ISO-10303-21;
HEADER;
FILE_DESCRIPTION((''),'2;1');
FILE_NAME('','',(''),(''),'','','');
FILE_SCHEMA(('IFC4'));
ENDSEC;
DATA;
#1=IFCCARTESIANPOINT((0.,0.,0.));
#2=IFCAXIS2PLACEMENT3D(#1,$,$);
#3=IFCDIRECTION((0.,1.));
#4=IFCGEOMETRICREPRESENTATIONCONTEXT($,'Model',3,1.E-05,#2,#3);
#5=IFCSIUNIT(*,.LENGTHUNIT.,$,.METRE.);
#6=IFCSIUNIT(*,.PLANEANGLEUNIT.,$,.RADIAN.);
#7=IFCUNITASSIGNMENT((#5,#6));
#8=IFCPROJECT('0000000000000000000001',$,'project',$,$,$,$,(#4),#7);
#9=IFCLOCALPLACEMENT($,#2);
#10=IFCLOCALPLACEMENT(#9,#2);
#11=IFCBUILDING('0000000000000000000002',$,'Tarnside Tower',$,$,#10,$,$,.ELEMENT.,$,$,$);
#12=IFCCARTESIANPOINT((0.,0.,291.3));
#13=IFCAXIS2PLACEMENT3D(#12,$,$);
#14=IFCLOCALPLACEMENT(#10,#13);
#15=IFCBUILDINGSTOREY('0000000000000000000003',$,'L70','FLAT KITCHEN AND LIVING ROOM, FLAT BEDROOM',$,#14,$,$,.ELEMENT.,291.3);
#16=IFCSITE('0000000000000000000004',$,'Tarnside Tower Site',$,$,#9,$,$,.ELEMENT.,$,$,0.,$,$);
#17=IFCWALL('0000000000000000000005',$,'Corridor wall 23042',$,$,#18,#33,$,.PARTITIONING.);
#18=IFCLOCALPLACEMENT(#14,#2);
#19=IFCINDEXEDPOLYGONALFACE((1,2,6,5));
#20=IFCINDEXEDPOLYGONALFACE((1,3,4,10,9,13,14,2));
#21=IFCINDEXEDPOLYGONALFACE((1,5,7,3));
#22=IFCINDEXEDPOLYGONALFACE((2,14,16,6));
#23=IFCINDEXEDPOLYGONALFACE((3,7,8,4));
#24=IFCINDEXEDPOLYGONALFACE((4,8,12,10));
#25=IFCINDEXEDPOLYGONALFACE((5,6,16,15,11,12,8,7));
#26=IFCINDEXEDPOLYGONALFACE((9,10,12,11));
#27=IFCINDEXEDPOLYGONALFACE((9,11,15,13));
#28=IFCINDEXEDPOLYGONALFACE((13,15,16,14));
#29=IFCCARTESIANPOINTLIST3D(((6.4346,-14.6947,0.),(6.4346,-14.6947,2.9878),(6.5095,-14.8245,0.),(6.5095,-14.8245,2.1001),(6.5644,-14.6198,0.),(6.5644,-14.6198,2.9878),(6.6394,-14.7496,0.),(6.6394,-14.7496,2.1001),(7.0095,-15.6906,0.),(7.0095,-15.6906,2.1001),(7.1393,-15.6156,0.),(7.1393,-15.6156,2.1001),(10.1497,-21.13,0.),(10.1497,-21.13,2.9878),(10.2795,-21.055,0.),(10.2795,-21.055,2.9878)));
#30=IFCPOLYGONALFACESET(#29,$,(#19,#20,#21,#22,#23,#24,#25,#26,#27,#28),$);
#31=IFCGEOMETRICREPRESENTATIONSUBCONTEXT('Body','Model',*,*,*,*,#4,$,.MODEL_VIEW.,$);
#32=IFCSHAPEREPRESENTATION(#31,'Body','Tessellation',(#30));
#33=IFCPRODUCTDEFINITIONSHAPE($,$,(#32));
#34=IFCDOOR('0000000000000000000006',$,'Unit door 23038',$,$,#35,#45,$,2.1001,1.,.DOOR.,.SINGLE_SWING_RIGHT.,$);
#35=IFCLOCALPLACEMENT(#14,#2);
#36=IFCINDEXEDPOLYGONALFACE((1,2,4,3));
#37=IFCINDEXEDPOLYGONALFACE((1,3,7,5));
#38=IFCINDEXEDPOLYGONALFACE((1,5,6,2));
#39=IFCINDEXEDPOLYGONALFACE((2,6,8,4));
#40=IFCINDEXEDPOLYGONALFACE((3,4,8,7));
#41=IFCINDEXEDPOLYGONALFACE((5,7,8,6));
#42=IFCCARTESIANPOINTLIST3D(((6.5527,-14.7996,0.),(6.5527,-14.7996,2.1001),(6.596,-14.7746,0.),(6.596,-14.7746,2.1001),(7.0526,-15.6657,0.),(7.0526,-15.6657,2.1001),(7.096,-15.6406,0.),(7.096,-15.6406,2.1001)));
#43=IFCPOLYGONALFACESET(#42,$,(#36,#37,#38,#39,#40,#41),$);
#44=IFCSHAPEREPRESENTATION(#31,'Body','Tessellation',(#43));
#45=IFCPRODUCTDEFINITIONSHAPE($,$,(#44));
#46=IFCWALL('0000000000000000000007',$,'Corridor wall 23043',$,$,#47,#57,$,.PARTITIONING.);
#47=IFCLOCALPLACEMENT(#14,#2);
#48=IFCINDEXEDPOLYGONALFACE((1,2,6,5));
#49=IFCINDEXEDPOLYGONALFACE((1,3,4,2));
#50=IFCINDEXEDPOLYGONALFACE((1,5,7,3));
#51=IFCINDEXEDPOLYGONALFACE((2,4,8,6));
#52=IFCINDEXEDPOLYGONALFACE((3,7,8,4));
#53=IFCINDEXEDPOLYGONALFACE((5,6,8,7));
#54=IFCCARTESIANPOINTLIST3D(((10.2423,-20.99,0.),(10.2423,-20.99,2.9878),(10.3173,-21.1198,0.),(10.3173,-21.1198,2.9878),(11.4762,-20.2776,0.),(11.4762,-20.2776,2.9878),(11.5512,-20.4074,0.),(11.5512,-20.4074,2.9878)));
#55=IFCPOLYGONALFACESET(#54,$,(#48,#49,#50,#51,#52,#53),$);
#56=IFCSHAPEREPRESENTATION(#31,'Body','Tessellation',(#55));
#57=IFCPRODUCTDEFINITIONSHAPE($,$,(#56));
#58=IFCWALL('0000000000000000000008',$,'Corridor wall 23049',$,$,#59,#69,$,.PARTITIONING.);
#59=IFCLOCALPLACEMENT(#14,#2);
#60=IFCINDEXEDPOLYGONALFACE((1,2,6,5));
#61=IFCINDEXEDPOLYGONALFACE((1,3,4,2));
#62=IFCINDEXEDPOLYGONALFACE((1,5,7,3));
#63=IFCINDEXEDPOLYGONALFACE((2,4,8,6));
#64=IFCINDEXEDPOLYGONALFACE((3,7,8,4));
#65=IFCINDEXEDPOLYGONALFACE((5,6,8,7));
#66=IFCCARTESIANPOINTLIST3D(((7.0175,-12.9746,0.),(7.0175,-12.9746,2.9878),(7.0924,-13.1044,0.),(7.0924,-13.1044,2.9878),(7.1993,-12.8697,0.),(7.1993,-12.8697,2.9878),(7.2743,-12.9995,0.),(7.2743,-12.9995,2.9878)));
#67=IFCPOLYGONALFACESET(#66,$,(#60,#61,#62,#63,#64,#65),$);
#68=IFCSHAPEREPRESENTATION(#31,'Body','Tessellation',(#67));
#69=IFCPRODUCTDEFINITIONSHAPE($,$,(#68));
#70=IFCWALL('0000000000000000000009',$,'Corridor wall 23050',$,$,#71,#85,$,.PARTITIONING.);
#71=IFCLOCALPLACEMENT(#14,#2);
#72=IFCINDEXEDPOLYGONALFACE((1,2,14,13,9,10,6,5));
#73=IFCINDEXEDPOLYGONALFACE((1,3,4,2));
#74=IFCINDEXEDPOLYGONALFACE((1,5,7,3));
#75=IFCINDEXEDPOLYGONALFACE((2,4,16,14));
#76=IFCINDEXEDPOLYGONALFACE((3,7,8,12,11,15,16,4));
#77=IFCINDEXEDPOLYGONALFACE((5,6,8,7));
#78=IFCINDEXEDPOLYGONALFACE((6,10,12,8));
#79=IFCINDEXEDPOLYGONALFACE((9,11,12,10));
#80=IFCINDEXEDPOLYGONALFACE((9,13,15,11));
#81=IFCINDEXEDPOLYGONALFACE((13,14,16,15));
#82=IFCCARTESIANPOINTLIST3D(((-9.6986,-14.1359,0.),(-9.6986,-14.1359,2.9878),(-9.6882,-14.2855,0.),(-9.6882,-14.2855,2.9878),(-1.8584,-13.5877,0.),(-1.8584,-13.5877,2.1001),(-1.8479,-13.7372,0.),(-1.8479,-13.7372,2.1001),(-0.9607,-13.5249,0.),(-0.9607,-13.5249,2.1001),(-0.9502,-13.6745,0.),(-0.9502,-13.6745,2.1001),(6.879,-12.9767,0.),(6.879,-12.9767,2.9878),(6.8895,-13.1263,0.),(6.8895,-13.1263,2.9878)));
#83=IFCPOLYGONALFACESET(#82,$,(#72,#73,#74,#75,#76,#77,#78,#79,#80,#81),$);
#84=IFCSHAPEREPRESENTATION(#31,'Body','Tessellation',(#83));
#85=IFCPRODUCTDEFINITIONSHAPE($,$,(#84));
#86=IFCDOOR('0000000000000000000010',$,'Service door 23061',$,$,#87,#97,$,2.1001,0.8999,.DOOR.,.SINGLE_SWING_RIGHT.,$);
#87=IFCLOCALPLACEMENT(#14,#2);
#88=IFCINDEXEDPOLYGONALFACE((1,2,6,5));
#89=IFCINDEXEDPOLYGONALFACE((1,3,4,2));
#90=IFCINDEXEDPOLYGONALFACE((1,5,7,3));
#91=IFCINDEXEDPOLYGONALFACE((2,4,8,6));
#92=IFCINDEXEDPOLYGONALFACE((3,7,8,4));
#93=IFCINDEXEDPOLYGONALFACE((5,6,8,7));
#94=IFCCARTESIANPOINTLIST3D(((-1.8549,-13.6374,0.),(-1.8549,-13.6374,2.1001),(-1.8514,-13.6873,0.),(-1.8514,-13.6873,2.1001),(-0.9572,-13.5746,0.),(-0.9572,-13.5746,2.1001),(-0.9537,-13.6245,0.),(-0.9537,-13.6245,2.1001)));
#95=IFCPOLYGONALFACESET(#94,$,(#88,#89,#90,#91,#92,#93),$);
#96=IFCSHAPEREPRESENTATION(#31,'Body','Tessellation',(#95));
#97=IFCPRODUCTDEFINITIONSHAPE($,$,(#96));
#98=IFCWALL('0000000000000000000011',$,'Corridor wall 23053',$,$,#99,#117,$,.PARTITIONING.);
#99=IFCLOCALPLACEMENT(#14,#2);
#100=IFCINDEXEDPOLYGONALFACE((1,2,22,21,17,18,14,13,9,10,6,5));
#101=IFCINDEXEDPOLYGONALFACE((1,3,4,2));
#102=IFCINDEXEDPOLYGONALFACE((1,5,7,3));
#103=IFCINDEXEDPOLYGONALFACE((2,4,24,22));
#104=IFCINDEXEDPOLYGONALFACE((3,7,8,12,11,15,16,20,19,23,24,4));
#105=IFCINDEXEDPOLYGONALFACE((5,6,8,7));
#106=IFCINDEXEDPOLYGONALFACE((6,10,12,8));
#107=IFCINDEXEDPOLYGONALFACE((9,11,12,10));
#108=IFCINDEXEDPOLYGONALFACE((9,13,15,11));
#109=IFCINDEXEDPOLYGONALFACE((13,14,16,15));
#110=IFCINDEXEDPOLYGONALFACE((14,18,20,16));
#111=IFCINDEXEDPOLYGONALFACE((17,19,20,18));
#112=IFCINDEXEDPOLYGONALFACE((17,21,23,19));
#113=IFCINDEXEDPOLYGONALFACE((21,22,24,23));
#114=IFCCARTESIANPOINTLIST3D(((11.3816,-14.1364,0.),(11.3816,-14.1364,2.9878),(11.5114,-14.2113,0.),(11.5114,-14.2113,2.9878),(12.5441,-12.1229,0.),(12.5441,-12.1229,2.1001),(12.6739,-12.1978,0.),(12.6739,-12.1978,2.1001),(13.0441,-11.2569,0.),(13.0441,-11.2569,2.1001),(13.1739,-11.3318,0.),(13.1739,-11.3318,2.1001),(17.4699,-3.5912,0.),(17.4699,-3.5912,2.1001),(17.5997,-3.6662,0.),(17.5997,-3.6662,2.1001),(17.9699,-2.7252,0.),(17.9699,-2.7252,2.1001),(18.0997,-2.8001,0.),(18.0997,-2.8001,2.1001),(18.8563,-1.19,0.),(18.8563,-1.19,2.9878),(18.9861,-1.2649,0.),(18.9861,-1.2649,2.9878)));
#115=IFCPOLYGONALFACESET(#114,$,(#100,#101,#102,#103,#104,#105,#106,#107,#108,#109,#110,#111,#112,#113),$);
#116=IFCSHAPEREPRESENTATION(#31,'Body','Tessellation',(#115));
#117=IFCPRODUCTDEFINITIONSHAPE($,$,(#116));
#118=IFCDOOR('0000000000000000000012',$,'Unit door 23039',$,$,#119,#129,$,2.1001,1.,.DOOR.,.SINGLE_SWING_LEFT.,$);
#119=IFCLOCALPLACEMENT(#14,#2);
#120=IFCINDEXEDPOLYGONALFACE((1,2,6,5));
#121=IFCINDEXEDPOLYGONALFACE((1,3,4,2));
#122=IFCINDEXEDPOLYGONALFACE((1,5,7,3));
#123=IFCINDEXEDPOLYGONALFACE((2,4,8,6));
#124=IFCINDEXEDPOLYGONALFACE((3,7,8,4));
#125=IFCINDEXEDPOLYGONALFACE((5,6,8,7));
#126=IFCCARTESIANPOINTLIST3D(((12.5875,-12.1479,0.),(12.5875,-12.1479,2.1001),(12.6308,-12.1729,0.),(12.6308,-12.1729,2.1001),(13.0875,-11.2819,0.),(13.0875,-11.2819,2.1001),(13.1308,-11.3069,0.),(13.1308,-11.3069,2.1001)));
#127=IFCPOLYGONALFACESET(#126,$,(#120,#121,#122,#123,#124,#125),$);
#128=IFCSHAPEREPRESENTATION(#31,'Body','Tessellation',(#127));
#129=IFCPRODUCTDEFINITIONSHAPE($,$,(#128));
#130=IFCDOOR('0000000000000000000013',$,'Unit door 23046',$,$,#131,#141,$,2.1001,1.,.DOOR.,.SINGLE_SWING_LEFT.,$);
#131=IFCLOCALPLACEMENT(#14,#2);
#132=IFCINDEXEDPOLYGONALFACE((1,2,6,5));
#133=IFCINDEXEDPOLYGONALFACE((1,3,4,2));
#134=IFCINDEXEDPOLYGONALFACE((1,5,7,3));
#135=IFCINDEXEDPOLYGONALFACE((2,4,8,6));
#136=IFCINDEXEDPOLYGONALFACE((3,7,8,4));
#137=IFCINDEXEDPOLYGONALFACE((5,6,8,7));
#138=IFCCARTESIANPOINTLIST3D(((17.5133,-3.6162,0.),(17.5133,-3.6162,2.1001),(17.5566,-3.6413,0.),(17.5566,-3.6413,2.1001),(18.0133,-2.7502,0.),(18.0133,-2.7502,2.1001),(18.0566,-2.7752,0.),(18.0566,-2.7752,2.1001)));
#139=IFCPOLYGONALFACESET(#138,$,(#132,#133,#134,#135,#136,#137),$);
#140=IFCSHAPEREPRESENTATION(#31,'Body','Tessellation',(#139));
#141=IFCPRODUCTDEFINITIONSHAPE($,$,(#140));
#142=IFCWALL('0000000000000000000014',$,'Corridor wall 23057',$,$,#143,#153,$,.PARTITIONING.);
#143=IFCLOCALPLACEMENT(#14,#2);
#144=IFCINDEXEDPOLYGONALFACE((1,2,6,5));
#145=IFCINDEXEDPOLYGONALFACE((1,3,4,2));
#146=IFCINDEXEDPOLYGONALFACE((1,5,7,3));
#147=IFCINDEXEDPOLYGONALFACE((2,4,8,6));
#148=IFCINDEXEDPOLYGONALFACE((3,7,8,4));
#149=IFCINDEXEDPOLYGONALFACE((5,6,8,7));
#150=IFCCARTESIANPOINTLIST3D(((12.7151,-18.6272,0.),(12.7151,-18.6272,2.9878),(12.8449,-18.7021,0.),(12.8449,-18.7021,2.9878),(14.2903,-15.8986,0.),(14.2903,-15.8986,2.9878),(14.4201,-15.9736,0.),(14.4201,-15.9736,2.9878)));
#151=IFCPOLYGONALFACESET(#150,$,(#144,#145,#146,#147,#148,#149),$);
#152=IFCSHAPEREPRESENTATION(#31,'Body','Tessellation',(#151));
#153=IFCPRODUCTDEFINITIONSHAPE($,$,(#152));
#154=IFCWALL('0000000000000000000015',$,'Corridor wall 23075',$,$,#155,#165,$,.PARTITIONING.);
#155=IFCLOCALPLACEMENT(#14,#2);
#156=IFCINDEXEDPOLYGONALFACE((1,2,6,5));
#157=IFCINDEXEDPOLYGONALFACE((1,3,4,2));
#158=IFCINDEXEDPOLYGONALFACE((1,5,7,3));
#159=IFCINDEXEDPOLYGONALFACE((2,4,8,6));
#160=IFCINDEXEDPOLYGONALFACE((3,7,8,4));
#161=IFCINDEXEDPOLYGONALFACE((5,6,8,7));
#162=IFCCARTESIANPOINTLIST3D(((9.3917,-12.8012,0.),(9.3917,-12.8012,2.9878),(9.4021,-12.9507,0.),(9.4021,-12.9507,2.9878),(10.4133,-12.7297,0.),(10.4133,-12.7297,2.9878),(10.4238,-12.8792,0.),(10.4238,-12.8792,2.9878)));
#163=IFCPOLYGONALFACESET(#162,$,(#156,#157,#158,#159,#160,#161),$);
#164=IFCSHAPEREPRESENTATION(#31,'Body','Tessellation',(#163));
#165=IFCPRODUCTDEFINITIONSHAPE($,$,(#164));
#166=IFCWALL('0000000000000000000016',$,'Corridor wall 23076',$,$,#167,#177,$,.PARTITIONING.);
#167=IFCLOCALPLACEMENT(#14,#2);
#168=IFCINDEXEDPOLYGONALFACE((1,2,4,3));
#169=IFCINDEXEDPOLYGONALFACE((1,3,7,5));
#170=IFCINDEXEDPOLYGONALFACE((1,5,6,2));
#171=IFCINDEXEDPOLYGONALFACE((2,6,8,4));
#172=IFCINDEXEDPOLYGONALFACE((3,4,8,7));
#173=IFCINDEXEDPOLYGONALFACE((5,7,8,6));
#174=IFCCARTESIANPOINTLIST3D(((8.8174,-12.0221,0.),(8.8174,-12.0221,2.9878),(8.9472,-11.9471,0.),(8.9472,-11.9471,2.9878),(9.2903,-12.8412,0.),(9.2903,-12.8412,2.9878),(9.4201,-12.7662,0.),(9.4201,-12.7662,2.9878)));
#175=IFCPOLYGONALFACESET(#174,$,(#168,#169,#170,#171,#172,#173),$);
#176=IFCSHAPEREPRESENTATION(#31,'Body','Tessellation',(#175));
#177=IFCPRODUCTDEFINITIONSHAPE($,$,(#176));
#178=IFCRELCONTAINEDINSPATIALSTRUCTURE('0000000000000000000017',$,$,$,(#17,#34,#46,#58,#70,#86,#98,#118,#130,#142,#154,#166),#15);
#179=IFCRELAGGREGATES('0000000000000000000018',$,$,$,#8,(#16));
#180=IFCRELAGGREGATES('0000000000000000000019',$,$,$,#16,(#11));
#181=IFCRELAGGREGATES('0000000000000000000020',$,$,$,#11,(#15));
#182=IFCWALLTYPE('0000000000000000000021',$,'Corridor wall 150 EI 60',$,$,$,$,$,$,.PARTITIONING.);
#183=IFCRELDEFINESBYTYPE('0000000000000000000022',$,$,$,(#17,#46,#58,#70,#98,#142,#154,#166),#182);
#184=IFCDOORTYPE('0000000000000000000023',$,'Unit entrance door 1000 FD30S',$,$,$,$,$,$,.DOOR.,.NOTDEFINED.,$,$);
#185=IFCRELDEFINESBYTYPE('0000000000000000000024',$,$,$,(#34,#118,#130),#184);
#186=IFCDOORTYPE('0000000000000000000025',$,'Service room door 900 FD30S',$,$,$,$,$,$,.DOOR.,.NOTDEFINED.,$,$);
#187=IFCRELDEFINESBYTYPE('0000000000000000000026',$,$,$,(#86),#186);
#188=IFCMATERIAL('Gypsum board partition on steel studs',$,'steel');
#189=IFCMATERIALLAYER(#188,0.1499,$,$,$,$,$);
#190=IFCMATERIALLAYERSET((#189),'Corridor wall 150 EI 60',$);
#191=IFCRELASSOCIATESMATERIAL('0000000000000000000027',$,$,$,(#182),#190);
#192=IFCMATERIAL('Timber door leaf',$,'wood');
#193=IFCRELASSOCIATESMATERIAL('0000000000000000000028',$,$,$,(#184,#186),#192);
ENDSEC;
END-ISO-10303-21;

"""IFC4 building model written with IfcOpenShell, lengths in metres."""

from ifc_helpers import new_model, si_unit, direction, frame, frame_2d, origin, place, context, subcontext, project, spatial, rectangle, extrude, material, layer, layer_set, type_object, element, fill, save


model = new_model("IFC4")

# Units and contexts
model_context = context("Model", 3, precision=1e-05, world=origin(), true_north=direction((0.0, 1.0)))
body_context = subcontext(model_context, "Body", "Model", "MODEL_VIEW")
ifc_project = project(units=[si_unit("LENGTHUNIT", "METRE"), si_unit("PLANEANGLEUNIT", "RADIAN")], contexts=[model_context])

# Site, building, storey
site_placement = place(None, origin())
site = spatial("IfcSite", under=ifc_project, at=site_placement, Name="Tarnside Tower Site", CompositionType="ELEMENT", RefElevation=0.0)
building_placement = place(site_placement, origin())
building = spatial("IfcBuilding", under=site, at=building_placement, Name="Tarnside Tower", CompositionType="ELEMENT")
storey_placement = place(building_placement, frame((0.0, 0.0, 291.3)))
storey = spatial("IfcBuildingStorey", under=building, at=storey_placement, Name="L70", Description="FLAT KITCHEN AND LIVING ROOM, FLAT BEDROOM", CompositionType="ELEMENT", Elevation=291.3)

# Wall, opening, door
ifc_material_1 = material(Name="Gypsum board partition on steel studs", Category="steel")
ifc_layer_1 = layer(ifc_material_1, 0.1499)
ifc_layer_set_1 = layer_set([ifc_layer_1], Name="Corridor wall 150 EI 60")
wall_type_1 = type_object("IfcWallType", Name="Corridor wall 150 EI 60", PredefinedType="PARTITIONING", material=ifc_layer_set_1)
wall_1_placement = place(storey_placement, frame((6.4995, -14.6572, 0.0), z_axis=(0.0, 0.0, 1.0), x_axis=(0.499966, -0.866045, 0.0)))
wall_1 = element("IfcWall", 1, at=wall_1_placement, inside=storey, type_object=wall_type_1, Name="Corridor wall 23042", PredefinedType="PARTITIONING", context=body_context, shape_type="SweptSolid", body=[
    extrude(rectangle(XDim=7.4307, YDim=0.1499, at=frame_2d((3.7153, 0.0))), origin(), (0.0, 0.0, 1.0), 2.9878),
])
opening_1_placement = place(wall_1_placement, frame((0.1499, 0.0, 0.0)))
opening_1 = element("IfcOpeningElement", 2, at=opening_1_placement, cuts=wall_1, PredefinedType="OPENING", context=body_context, shape_type="SweptSolid", body=[
    extrude(rectangle(XDim=1.0, YDim=2.1001, at=frame_2d((0.5, 1.05))), frame((0.0, 0.085, 0.0), z_axis=(0.0, -1.0, 0.0), x_axis=(1.0, 0.0, 0.0)), (0.0, 0.0, 1.0), 0.1699),
])
ifc_material_2 = material(Name="Timber door leaf", Category="wood")
door_type_1 = type_object("IfcDoorType", Name="Unit entrance door 1000 FD30S", OperationType="NOTDEFINED", PredefinedType="DOOR", material=ifc_material_2)
door_1_placement = place(opening_1_placement, origin())
door_1 = element("IfcDoor", 3, at=door_1_placement, inside=storey, type_object=door_type_1, Name="Unit door 23038", OperationType="SINGLE_SWING_RIGHT", OverallHeight=2.1001, OverallWidth=1.0, PredefinedType="DOOR", context=body_context, shape_type="SweptSolid", body=[
    extrude(rectangle(XDim=1.0, YDim=2.1001, at=frame_2d((0.5, 1.05))), frame((0.0, 0.0249, 0.0), z_axis=(0.0, -1.0, 0.0), x_axis=(1.0, 0.0, 0.0)), (0.0, 0.0, 1.0), 0.05),
])
fill(opening_1, door_1)

# Walls
wall_2_placement = place(storey_placement, frame((10.2798, -21.0549, 0.0), z_axis=(0.0, 0.0, 1.0), x_axis=(0.86602, 0.500009, 0.0)))
element("IfcWall", 4, at=wall_2_placement, inside=storey, type_object=wall_type_1, Name="Corridor wall 23043", PredefinedType="PARTITIONING", context=body_context, shape_type="SweptSolid", body=[
    extrude(rectangle(XDim=1.4248, YDim=0.1499, at=frame_2d((0.7124, 0.0))), origin(), (0.0, 0.0, 1.0), 2.9878),
])
wall_3_placement = place(storey_placement, frame((7.2368, -12.9346, 0.0), z_axis=(0.0, 0.0, 1.0), x_axis=(-0.866089, -0.49989, 0.0)))
element("IfcWall", 5, at=wall_3_placement, inside=storey, type_object=wall_type_1, Name="Corridor wall 23049", PredefinedType="PARTITIONING", context=body_context, shape_type="SweptSolid", body=[
    extrude(rectangle(XDim=0.21, YDim=0.1499, at=frame_2d((0.105, 0.0))), origin(), (0.0, 0.0, 1.0), 2.9878),
])

# Wall, opening, door
wall_4_placement = place(storey_placement, frame((6.8843, -13.0515, 0.0), z_axis=(0.0, 0.0, 1.0), x_axis=(-0.997564, -0.069754, 0.0)))
wall_4 = element("IfcWall", 6, at=wall_4_placement, inside=storey, type_object=wall_type_1, Name="Corridor wall 23050", PredefinedType="PARTITIONING", context=body_context, shape_type="SweptSolid", body=[
    extrude(rectangle(XDim=16.6182, YDim=0.1499, at=frame_2d((8.3091, 0.0))), origin(), (0.0, 0.0, 1.0), 2.9878),
])
opening_2_placement = place(wall_4_placement, frame((7.8589, 0.0, 0.0)))
opening_2 = element("IfcOpeningElement", 7, at=opening_2_placement, cuts=wall_4, PredefinedType="OPENING", context=body_context, shape_type="SweptSolid", body=[
    extrude(rectangle(XDim=0.8999, YDim=2.1001, at=frame_2d((0.45, 1.05))), frame((0.0, 0.085, 0.0), z_axis=(0.0, -1.0, 0.0), x_axis=(1.0, 0.0, 0.0)), (0.0, 0.0, 1.0), 0.1699),
])
door_type_2 = type_object("IfcDoorType", Name="Service room door 900 FD30S", OperationType="NOTDEFINED", PredefinedType="DOOR", material=ifc_material_2)
door_2_placement = place(opening_2_placement, origin())
door_2 = element("IfcDoor", 8, at=door_2_placement, inside=storey, type_object=door_type_2, Name="Service door 23061", OperationType="SINGLE_SWING_RIGHT", OverallHeight=2.1001, OverallWidth=0.8999, PredefinedType="DOOR", context=body_context, shape_type="SweptSolid", body=[
    extrude(rectangle(XDim=0.8999, YDim=2.1001, at=frame_2d((0.45, 1.05))), frame((0.0, 0.0249, 0.0), z_axis=(0.0, -1.0, 0.0), x_axis=(1.0, 0.0, 0.0)), (0.0, 0.0, 1.0), 0.05),
])
fill(opening_2, door_2)

# Wall, openings, doors
wall_5_placement = place(storey_placement, frame((11.4465, -14.1738, 0.0), z_axis=(0.0, 0.0, 1.0), x_axis=(0.500003, 0.866023, 0.0)))
wall_5 = element("IfcWall", 9, at=wall_5_placement, inside=storey, type_object=wall_type_1, Name="Corridor wall 23053", PredefinedType="PARTITIONING", context=body_context, shape_type="SweptSolid", body=[
    extrude(rectangle(XDim=14.9492, YDim=0.1499, at=frame_2d((7.4746, 0.0))), origin(), (0.0, 0.0, 1.0), 2.9878),
])
opening_3_placement = place(wall_5_placement, frame((2.325, 0.0, 0.0)))
opening_3 = element("IfcOpeningElement", 10, at=opening_3_placement, cuts=wall_5, PredefinedType="OPENING", context=body_context, shape_type="SweptSolid", body=[
    extrude(rectangle(XDim=1.0, YDim=2.1001, at=frame_2d((0.5, 1.05))), frame((0.0, 0.085, 0.0), z_axis=(0.0, -1.0, 0.0), x_axis=(1.0, 0.0, 0.0)), (0.0, 0.0, 1.0), 0.1699),
])
opening_4_placement = place(wall_5_placement, frame((12.1765, 0.0, 0.0)))
opening_4 = element("IfcOpeningElement", 11, at=opening_4_placement, cuts=wall_5, PredefinedType="OPENING", context=body_context, shape_type="SweptSolid", body=[
    extrude(rectangle(XDim=1.0, YDim=2.1001, at=frame_2d((0.5, 1.05))), frame((0.0, 0.085, 0.0), z_axis=(0.0, -1.0, 0.0), x_axis=(1.0, 0.0, 0.0)), (0.0, 0.0, 1.0), 0.1699),
])
door_3_placement = place(opening_3_placement, origin())
door_3 = element("IfcDoor", 12, at=door_3_placement, inside=storey, type_object=door_type_1, Name="Unit door 23039", OperationType="SINGLE_SWING_LEFT", OverallHeight=2.1001, OverallWidth=1.0, PredefinedType="DOOR", context=body_context, shape_type="SweptSolid", body=[
    extrude(rectangle(XDim=1.0, YDim=2.1001, at=frame_2d((0.5, 1.05))), frame((0.0, 0.0249, 0.0), z_axis=(0.0, -1.0, 0.0), x_axis=(1.0, 0.0, 0.0)), (0.0, 0.0, 1.0), 0.05),
])
fill(opening_3, door_3)
door_4_placement = place(opening_4_placement, origin())
door_4 = element("IfcDoor", 13, at=door_4_placement, inside=storey, type_object=door_type_1, Name="Unit door 23046", OperationType="SINGLE_SWING_LEFT", OverallHeight=2.1001, OverallWidth=1.0, PredefinedType="DOOR", context=body_context, shape_type="SweptSolid", body=[
    extrude(rectangle(XDim=1.0, YDim=2.1001, at=frame_2d((0.5, 1.05))), frame((0.0, 0.0249, 0.0), z_axis=(0.0, -1.0, 0.0), x_axis=(1.0, 0.0, 0.0)), (0.0, 0.0, 1.0), 0.05),
])
fill(opening_4, door_4)

# Walls
wall_6_placement = place(storey_placement, frame((12.78, -18.6646, 0.0), z_axis=(0.0, 0.0, 1.0), x_axis=(0.499973, 0.866041, 0.0)))
element("IfcWall", 14, at=wall_6_placement, inside=storey, type_object=wall_type_1, Name="Corridor wall 23057", PredefinedType="PARTITIONING", context=body_context, shape_type="SweptSolid", body=[
    extrude(rectangle(XDim=3.1506, YDim=0.1499, at=frame_2d((1.5752, 0.0))), origin(), (0.0, 0.0, 1.0), 2.9878),
])
wall_7_placement = place(storey_placement, frame((10.4187, -12.8044, 0.0), z_axis=(0.0, 0.0, 1.0), x_axis=(-0.997558, -0.069841, 0.0)))
element("IfcWall", 15, at=wall_7_placement, inside=storey, type_object=wall_type_1, Name="Corridor wall 23075", PredefinedType="PARTITIONING", context=body_context, shape_type="SweptSolid", body=[
    extrude(rectangle(XDim=1.0242, YDim=0.1499, at=frame_2d((0.5122, 0.0))), origin(), (0.0, 0.0, 1.0), 2.9878),
])
wall_8_placement = place(storey_placement, frame((9.3552, -12.8037, 0.0), z_axis=(0.0, 0.0, 1.0), x_axis=(-0.499998, 0.866027, 0.0)))
element("IfcWall", 16, at=wall_8_placement, inside=storey, type_object=wall_type_1, Name="Corridor wall 23076", PredefinedType="PARTITIONING", context=body_context, shape_type="SweptSolid", body=[
    extrude(rectangle(XDim=0.9458, YDim=0.1499, at=frame_2d((0.4729, 0.0))), origin(), (0.0, 0.0, 1.0), 2.9878),
])

save(model, "model.ifc")
